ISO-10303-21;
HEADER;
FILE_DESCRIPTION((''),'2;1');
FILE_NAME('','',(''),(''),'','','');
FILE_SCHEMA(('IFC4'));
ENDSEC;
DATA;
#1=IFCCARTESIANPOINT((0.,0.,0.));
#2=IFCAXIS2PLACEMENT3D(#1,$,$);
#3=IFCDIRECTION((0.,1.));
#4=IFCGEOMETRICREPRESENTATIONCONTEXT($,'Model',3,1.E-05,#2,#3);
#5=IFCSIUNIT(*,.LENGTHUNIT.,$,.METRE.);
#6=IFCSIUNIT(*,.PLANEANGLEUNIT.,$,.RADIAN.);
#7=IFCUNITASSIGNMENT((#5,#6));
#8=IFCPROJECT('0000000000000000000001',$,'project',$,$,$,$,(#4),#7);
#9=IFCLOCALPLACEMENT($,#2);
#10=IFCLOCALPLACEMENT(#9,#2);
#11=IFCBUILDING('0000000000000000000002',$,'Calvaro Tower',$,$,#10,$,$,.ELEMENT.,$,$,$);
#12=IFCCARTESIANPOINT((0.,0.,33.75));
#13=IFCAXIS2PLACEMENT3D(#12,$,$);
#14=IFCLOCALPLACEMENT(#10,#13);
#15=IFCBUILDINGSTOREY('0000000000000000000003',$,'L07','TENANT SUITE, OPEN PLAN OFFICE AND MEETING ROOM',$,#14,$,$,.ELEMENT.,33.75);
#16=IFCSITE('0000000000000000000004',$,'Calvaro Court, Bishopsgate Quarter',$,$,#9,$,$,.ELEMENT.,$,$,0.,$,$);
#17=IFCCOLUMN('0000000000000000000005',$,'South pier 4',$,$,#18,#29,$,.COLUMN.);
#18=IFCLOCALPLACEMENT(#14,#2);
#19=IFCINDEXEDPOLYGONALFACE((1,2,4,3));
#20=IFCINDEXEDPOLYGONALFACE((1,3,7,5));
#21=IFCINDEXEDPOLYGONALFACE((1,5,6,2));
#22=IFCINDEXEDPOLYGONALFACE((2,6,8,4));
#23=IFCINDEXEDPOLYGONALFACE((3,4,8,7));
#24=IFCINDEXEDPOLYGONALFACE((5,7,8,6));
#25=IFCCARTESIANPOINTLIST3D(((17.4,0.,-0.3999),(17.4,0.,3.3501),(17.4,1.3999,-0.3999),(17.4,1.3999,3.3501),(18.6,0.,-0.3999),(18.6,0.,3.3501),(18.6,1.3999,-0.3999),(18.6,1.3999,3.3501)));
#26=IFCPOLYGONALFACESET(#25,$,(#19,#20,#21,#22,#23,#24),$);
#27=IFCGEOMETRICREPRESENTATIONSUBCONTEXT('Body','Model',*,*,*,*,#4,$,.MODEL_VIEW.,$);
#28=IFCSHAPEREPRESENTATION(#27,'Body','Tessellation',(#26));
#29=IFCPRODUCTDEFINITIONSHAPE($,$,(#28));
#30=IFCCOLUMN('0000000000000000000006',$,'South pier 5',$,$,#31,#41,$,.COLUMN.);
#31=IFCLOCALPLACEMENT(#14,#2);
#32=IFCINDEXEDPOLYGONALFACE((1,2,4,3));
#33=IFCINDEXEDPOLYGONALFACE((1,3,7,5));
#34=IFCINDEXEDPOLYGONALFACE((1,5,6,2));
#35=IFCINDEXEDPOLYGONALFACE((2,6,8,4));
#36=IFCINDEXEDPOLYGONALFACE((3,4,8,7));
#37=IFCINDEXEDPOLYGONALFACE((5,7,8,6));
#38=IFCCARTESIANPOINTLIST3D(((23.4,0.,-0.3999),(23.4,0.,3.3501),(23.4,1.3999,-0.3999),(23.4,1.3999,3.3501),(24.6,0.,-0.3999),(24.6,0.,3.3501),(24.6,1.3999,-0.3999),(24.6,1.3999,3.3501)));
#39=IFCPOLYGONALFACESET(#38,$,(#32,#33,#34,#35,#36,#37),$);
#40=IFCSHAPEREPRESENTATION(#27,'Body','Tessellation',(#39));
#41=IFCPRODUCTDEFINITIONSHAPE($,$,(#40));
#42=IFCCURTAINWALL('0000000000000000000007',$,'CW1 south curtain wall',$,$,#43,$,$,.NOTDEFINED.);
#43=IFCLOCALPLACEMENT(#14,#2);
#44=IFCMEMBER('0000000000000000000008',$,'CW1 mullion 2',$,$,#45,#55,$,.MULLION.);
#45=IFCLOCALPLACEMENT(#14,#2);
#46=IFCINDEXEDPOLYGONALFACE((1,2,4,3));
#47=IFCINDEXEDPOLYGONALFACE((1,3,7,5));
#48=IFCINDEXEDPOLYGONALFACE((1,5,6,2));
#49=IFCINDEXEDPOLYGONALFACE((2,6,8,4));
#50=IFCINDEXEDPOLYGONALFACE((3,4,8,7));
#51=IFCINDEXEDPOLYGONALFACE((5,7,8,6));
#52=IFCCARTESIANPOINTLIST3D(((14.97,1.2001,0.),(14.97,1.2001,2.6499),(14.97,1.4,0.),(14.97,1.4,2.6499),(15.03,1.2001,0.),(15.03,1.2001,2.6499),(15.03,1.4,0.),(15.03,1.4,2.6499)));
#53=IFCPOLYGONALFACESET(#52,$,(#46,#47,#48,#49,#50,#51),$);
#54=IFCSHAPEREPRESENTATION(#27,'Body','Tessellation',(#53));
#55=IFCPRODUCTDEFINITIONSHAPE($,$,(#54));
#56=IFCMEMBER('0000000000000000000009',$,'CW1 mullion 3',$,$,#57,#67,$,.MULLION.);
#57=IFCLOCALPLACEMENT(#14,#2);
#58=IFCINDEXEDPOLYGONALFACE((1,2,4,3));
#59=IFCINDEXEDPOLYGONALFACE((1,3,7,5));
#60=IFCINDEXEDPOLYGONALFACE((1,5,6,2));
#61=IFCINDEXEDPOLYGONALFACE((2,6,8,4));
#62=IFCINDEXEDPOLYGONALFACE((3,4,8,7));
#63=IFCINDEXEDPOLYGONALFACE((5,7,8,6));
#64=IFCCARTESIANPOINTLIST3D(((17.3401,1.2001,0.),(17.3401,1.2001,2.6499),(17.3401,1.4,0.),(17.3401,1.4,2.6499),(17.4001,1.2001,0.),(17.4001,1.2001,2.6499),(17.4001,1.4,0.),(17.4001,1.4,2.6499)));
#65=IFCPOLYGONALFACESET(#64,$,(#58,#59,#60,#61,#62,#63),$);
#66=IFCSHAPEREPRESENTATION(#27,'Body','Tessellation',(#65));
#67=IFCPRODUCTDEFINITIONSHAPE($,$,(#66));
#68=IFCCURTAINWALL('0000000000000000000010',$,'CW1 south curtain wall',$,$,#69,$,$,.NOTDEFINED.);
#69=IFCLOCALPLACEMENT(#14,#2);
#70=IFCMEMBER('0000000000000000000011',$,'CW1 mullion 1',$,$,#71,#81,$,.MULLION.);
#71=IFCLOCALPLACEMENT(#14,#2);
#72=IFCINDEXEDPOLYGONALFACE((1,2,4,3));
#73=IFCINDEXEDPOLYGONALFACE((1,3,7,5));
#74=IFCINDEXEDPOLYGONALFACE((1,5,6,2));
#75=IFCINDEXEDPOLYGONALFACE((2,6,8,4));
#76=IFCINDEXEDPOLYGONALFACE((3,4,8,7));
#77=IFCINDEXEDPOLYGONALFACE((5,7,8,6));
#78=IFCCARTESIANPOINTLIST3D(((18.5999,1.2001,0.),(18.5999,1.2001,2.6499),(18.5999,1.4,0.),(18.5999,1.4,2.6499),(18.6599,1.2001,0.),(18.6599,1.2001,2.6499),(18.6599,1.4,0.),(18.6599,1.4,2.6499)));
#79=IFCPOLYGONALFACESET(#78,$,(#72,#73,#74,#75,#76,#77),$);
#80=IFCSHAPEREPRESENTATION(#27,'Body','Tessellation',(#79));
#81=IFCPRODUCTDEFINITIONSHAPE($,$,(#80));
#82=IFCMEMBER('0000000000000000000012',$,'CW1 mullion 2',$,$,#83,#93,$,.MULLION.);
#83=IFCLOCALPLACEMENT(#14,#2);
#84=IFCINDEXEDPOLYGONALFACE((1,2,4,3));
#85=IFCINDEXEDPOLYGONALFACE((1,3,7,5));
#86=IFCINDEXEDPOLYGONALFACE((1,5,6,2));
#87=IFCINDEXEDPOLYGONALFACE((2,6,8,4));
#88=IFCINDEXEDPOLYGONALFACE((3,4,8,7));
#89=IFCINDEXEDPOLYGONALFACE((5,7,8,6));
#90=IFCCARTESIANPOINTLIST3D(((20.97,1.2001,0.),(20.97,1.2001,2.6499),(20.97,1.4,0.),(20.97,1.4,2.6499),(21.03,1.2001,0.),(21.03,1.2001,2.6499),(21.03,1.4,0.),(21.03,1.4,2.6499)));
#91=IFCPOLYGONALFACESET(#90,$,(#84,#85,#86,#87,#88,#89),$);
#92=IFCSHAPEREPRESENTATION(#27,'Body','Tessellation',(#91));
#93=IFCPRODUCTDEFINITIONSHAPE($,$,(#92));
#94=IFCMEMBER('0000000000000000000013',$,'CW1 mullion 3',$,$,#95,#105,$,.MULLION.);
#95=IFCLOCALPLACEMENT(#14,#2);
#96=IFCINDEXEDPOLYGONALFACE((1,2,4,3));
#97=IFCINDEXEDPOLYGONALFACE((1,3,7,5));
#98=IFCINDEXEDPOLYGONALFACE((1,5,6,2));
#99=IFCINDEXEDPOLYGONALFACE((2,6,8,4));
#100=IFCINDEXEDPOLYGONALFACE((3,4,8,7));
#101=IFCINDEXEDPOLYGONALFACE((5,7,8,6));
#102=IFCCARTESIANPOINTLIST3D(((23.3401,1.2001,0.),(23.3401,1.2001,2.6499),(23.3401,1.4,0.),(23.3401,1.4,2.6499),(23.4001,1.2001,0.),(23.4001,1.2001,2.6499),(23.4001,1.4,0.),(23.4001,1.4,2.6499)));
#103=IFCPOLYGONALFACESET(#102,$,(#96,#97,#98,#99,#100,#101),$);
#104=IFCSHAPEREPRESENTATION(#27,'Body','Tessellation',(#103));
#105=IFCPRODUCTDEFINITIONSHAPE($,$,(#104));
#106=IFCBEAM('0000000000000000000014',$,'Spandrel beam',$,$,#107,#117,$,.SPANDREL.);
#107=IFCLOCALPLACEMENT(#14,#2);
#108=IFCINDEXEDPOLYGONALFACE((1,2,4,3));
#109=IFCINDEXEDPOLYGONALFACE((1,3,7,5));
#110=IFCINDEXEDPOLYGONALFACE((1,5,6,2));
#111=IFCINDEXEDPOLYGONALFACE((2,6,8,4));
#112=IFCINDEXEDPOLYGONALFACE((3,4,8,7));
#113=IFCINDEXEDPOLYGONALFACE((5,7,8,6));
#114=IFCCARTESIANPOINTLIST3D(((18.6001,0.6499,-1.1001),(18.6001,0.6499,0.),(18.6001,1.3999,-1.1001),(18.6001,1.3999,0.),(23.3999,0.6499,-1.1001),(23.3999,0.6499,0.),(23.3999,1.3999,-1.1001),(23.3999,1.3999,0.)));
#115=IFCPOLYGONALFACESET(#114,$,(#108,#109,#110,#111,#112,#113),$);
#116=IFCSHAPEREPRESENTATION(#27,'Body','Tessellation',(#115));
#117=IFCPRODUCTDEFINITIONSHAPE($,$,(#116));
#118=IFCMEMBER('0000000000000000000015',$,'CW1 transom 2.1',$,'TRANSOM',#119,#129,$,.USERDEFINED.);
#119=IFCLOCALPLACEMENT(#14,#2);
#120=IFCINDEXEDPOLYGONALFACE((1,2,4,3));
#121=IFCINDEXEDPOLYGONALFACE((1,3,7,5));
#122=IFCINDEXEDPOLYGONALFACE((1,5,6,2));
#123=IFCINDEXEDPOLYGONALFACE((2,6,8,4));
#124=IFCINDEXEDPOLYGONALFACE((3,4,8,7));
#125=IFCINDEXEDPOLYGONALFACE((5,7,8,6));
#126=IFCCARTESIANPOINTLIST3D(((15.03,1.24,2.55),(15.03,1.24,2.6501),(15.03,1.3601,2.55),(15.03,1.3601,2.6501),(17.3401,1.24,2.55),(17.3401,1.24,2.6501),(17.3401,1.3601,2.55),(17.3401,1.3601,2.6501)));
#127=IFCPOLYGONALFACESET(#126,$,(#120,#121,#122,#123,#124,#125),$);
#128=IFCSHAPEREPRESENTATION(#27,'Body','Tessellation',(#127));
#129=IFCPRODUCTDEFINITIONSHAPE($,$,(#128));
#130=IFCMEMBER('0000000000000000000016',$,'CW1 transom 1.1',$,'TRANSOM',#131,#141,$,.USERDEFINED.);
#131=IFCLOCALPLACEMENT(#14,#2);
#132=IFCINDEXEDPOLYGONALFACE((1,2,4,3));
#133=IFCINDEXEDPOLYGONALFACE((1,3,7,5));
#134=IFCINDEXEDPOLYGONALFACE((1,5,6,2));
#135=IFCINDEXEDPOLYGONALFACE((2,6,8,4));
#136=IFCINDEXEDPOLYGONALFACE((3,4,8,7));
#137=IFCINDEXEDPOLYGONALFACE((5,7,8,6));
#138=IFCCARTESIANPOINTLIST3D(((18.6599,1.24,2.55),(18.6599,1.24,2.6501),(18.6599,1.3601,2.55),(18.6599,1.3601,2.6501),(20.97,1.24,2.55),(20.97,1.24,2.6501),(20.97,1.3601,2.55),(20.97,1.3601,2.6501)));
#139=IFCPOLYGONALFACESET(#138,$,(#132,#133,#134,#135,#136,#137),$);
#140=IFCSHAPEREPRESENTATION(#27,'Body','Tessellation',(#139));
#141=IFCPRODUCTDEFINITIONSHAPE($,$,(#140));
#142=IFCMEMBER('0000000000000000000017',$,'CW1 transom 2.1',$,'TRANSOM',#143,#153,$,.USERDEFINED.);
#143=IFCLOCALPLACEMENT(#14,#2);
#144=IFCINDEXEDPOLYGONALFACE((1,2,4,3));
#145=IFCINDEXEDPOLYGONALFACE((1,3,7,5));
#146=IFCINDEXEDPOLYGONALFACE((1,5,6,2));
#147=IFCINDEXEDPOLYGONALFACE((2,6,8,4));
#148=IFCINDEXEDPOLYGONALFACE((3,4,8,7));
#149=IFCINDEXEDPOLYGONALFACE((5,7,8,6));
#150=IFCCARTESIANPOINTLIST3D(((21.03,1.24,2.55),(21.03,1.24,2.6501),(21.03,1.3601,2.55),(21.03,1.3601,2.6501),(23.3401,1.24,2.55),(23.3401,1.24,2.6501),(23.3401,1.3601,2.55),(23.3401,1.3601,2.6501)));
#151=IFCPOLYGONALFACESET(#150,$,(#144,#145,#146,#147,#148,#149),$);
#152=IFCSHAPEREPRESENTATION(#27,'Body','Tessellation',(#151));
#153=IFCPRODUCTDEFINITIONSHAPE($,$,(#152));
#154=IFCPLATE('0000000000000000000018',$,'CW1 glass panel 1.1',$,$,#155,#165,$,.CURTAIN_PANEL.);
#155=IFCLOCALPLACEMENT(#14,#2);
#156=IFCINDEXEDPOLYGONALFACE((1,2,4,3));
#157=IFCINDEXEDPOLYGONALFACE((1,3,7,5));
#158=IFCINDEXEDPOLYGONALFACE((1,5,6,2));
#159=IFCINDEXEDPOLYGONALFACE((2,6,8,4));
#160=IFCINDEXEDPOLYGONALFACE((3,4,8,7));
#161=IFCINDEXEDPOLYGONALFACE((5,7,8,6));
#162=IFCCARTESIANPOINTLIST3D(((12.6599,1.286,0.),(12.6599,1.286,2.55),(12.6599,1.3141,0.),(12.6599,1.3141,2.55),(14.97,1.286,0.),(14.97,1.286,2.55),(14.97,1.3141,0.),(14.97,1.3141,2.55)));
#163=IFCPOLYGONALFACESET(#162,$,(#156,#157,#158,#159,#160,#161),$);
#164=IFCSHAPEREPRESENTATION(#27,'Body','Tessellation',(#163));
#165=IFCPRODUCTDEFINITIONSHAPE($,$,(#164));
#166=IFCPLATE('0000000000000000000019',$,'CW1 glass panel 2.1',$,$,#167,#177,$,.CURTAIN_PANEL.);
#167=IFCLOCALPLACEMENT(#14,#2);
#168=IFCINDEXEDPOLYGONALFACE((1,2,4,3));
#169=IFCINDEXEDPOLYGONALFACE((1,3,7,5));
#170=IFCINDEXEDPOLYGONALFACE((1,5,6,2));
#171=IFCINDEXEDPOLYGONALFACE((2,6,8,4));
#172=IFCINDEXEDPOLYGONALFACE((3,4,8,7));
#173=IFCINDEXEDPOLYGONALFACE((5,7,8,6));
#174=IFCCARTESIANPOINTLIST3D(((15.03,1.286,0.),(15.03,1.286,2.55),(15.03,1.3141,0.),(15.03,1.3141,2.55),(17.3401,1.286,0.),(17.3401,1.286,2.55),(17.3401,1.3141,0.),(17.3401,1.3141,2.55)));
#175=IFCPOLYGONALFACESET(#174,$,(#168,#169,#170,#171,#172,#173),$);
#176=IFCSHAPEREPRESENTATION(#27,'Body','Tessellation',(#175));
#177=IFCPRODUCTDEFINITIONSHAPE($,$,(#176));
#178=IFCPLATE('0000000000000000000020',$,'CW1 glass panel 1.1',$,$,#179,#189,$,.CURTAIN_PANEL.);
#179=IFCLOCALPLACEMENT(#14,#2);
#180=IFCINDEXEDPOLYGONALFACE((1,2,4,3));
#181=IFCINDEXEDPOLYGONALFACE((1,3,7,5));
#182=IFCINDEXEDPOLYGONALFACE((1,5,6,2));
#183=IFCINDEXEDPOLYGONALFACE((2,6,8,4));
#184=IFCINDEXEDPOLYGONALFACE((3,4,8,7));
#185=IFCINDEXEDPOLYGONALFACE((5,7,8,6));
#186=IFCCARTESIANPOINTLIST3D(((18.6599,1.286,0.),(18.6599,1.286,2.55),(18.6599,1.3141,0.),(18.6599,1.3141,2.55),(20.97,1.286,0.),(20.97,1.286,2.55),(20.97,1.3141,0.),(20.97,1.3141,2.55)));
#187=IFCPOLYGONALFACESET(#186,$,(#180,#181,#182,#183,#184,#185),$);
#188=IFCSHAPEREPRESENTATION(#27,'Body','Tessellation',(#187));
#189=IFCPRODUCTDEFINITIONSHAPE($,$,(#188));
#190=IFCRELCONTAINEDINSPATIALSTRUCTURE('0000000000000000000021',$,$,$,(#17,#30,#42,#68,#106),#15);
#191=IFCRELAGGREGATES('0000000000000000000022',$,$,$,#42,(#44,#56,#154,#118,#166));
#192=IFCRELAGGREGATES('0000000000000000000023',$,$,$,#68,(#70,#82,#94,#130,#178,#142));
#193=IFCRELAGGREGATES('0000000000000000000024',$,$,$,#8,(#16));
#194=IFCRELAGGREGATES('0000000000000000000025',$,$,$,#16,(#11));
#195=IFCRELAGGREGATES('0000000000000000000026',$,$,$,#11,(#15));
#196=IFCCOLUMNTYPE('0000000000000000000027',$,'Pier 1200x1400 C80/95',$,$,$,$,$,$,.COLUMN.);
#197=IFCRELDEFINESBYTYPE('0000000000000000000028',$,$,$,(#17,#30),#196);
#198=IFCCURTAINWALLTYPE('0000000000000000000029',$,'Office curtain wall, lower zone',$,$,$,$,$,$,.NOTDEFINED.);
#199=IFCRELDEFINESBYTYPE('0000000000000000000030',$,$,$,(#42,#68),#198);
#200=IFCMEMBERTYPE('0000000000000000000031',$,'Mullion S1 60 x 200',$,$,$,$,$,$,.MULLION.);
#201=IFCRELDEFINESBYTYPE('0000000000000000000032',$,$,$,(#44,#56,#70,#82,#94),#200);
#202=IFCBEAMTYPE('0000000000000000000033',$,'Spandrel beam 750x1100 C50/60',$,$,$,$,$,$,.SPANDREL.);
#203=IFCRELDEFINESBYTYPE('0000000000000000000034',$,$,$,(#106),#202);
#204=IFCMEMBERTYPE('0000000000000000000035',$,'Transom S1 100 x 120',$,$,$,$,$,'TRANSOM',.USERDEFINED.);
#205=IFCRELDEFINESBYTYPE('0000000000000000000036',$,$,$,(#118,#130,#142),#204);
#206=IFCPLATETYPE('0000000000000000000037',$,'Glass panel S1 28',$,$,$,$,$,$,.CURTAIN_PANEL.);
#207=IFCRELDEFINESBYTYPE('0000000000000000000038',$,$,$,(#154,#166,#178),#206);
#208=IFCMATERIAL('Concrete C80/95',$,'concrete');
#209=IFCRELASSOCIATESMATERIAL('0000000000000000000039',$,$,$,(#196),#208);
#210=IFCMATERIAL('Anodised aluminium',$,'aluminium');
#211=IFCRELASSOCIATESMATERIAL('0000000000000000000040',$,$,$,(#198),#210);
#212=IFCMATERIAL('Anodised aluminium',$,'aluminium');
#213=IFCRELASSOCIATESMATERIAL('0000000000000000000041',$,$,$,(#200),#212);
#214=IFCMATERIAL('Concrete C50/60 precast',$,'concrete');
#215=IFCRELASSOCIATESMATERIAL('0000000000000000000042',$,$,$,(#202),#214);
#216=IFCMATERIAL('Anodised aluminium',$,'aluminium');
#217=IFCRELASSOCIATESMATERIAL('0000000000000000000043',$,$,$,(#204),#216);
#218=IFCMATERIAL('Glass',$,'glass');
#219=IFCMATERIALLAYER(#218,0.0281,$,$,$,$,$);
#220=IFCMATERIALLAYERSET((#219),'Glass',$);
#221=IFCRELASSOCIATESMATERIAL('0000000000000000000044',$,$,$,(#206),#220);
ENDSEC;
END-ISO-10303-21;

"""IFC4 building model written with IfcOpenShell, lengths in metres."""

from ifc_helpers import new_model, si_unit, direction, frame, origin, origin_2d, place, context, subcontext, project, spatial, rectangle, extrude, material, layer, layer_set, material_profile, profile_set, type_object, element, aggregate, save


model = new_model("IFC4")

# Units and contexts
model_context = context("Model", 3, precision=1e-05, world=origin(), true_north=direction((0.0, 1.0)))
body_context = subcontext(model_context, "Body", "Model", "MODEL_VIEW")
ifc_project = project(units=[si_unit("LENGTHUNIT", "METRE"), si_unit("PLANEANGLEUNIT", "RADIAN")], contexts=[model_context])

# Site, building, storey
site_placement = place(None, origin())
site = spatial("IfcSite", under=ifc_project, at=site_placement, Name="Calvaro Court, Bishopsgate Quarter", CompositionType="ELEMENT", RefElevation=0.0)
building_placement = place(site_placement, origin())
building = spatial("IfcBuilding", under=site, at=building_placement, Name="Calvaro Tower", CompositionType="ELEMENT")
storey_placement = place(building_placement, frame((0.0, 0.0, 33.75)))
storey = spatial("IfcBuildingStorey", under=building, at=storey_placement, Name="L07", Description="TENANT SUITE, OPEN PLAN OFFICE AND MEETING ROOM", CompositionType="ELEMENT", Elevation=33.75)

# Columns
ifc_material_1 = material(Name="Concrete C80/95", Category="concrete")
ifc_material_profile_1 = material_profile(ifc_material_1, rectangle(XDim=1.2, YDim=1.3999, at=origin_2d()), Name="RC 1200x1400")
ifc_profile_set_1 = profile_set([ifc_material_profile_1], Name="Concrete C80/95")
column_type = type_object("IfcColumnType", Name="Pier 1200x1400 C80/95", PredefinedType="COLUMN", material=ifc_profile_set_1)
for number, where, z_axis, x_axis, name in (
    (1, (18.0, 0.7, -0.3999), (0.0, 0.0, 1.0), (1.0, 0.0, 0.0), "South pier 4"),
    (2, (24.0, 0.7, -0.3999), (0.0, 0.0, 1.0), (1.0, 0.0, 0.0), "South pier 5"),
):
    element("IfcColumn", number, at=place(storey_placement, frame(where, z_axis=z_axis, x_axis=x_axis)), inside=storey, type_object=column_type, Name=name, PredefinedType="COLUMN", context=body_context, shape_type="SweptSolid", body=[
        extrude(rectangle(XDim=1.2, YDim=1.3999, at=origin_2d()), origin(), (0.0, 0.0, 1.0), 3.75),
    ])

# Curtain walls, members
ifc_material_2 = material(Name="Anodised aluminium", Category="aluminium")
curtain_wall_type = type_object("IfcCurtainWallType", Name="Office curtain wall, lower zone", PredefinedType="NOTDEFINED", material=ifc_material_2)
curtain_wall_1_placement = place(storey_placement, origin())
curtain_wall_1 = element("IfcCurtainWall", 3, at=curtain_wall_1_placement, inside=storey, type_object=curtain_wall_type, Name="CW1 south curtain wall", PredefinedType="NOTDEFINED")
ifc_material_3 = material(Name="Anodised aluminium", Category="aluminium")
ifc_material_profile_2 = material_profile(ifc_material_3, rectangle(XDim=0.2, YDim=0.0601, at=origin_2d()), Name="Mullion S1 60 x 200")
ifc_profile_set_2 = profile_set([ifc_material_profile_2], Name="Anodised aluminium")
member_type_1 = type_object("IfcMemberType", Name="Mullion S1 60 x 200", PredefinedType="MULLION", material=ifc_profile_set_2)
member_1_placement = place(storey_placement, frame((15.0, 1.3, 0.0), z_axis=(0.0, 0.0, 1.0), x_axis=(0.0, 1.0, 0.0)))
member_1 = element("IfcMember", 4, at=member_1_placement, type_object=member_type_1, Name="CW1 mullion 2", PredefinedType="MULLION", context=body_context, shape_type="SweptSolid", body=[
    extrude(rectangle(XDim=0.2, YDim=0.0601, at=origin_2d()), origin(), (0.0, 0.0, 1.0), 2.6499),
])
member_2_placement = place(storey_placement, frame((17.3701, 1.3, 0.0), z_axis=(0.0, 0.0, 1.0), x_axis=(0.0, 1.0, 0.0)))
member_2 = element("IfcMember", 5, at=member_2_placement, type_object=member_type_1, Name="CW1 mullion 3", PredefinedType="MULLION", context=body_context, shape_type="SweptSolid", body=[
    extrude(rectangle(XDim=0.2, YDim=0.0601, at=origin_2d()), origin(), (0.0, 0.0, 1.0), 2.6499),
])
curtain_wall_2_placement = place(storey_placement, origin())
curtain_wall_2 = element("IfcCurtainWall", 6, at=curtain_wall_2_placement, inside=storey, type_object=curtain_wall_type, Name="CW1 south curtain wall", PredefinedType="NOTDEFINED")
member_3_placement = place(storey_placement, frame((18.6299, 1.3, 0.0), z_axis=(0.0, 0.0, 1.0), x_axis=(0.0, 1.0, 0.0)))
member_3 = element("IfcMember", 7, at=member_3_placement, type_object=member_type_1, Name="CW1 mullion 1", PredefinedType="MULLION", context=body_context, shape_type="SweptSolid", body=[
    extrude(rectangle(XDim=0.2, YDim=0.0601, at=origin_2d()), origin(), (0.0, 0.0, 1.0), 2.6499),
])
member_4_placement = place(storey_placement, frame((21.0, 1.3, 0.0), z_axis=(0.0, 0.0, 1.0), x_axis=(0.0, 1.0, 0.0)))
member_4 = element("IfcMember", 8, at=member_4_placement, type_object=member_type_1, Name="CW1 mullion 2", PredefinedType="MULLION", context=body_context, shape_type="SweptSolid", body=[
    extrude(rectangle(XDim=0.2, YDim=0.0601, at=origin_2d()), origin(), (0.0, 0.0, 1.0), 2.6499),
])
member_5_placement = place(storey_placement, frame((23.3701, 1.3, 0.0), z_axis=(0.0, 0.0, 1.0), x_axis=(0.0, 1.0, 0.0)))
member_5 = element("IfcMember", 9, at=member_5_placement, type_object=member_type_1, Name="CW1 mullion 3", PredefinedType="MULLION", context=body_context, shape_type="SweptSolid", body=[
    extrude(rectangle(XDim=0.2, YDim=0.0601, at=origin_2d()), origin(), (0.0, 0.0, 1.0), 2.6499),
])

# Beam
ifc_material_4 = material(Name="Concrete C50/60 precast", Category="concrete")
ifc_material_profile_3 = material_profile(ifc_material_4, rectangle(XDim=0.75, YDim=1.1001, at=origin_2d()), Name="RC 750x1100")
ifc_profile_set_3 = profile_set([ifc_material_profile_3], Name="Concrete C50/60 precast")
beam_type = type_object("IfcBeamType", Name="Spandrel beam 750x1100 C50/60", PredefinedType="SPANDREL", material=ifc_profile_set_3)
beam_placement = place(storey_placement, frame((18.6001, 1.0249, -0.55), z_axis=(1.0, 0.0, 0.0), x_axis=(0.0, 1.0, 0.0)))
element("IfcBeam", 10, at=beam_placement, inside=storey, type_object=beam_type, Name="Spandrel beam", PredefinedType="SPANDREL", context=body_context, shape_type="SweptSolid", body=[
    extrude(rectangle(XDim=0.75, YDim=1.1001, at=origin_2d()), origin(), (0.0, 0.0, 1.0), 4.7998),
])

# Members
ifc_material_5 = material(Name="Anodised aluminium", Category="aluminium")
ifc_material_profile_4 = material_profile(ifc_material_5, rectangle(XDim=0.1201, YDim=0.1001, at=origin_2d()), Name="Transom S1 100 x 120")
ifc_profile_set_4 = profile_set([ifc_material_profile_4], Name="Anodised aluminium")
member_type_2 = type_object("IfcMemberType", Name="Transom S1 100 x 120", ElementType="TRANSOM", PredefinedType="USERDEFINED", material=ifc_profile_set_4)
member_6_placement = place(storey_placement, frame((15.03, 1.3, 2.6001), z_axis=(1.0, 0.0, 0.0), x_axis=(0.0, 1.0, 0.0)))
member_6 = element("IfcMember", 11, at=member_6_placement, type_object=member_type_2, Name="CW1 transom 2.1", ObjectType="TRANSOM", PredefinedType="USERDEFINED", context=body_context, shape_type="SweptSolid", body=[
    extrude(rectangle(XDim=0.1201, YDim=0.1001, at=origin_2d()), origin(), (0.0, 0.0, 1.0), 2.3101),
])
member_7_placement = place(storey_placement, frame((18.6599, 1.3, 2.6001), z_axis=(1.0, 0.0, 0.0), x_axis=(0.0, 1.0, 0.0)))
member_7 = element("IfcMember", 12, at=member_7_placement, type_object=member_type_2, Name="CW1 transom 1.1", ObjectType="TRANSOM", PredefinedType="USERDEFINED", context=body_context, shape_type="SweptSolid", body=[
    extrude(rectangle(XDim=0.1201, YDim=0.1001, at=origin_2d()), origin(), (0.0, 0.0, 1.0), 2.3101),
])
member_8_placement = place(storey_placement, frame((21.03, 1.3, 2.6001), z_axis=(1.0, 0.0, 0.0), x_axis=(0.0, 1.0, 0.0)))
member_8 = element("IfcMember", 13, at=member_8_placement, type_object=member_type_2, Name="CW1 transom 2.1", ObjectType="TRANSOM", PredefinedType="USERDEFINED", context=body_context, shape_type="SweptSolid", body=[
    extrude(rectangle(XDim=0.1201, YDim=0.1001, at=origin_2d()), origin(), (0.0, 0.0, 1.0), 2.3101),
])

# Plates
ifc_material_6 = material(Name="Glass", Category="glass")
ifc_layer = layer(ifc_material_6, 0.0281)
ifc_layer_set = layer_set([ifc_layer], Name="Glass")
plate_type = type_object("IfcPlateType", Name="Glass panel S1 28", PredefinedType="CURTAIN_PANEL", material=ifc_layer_set)
plate_1_placement = place(storey_placement, frame((13.8149, 1.3, 0.0), z_axis=(0.0, 0.0, 1.0), x_axis=(1.0, 0.0, 0.0)))
plate_1 = element("IfcPlate", 14, at=plate_1_placement, type_object=plate_type, Name="CW1 glass panel 1.1", PredefinedType="CURTAIN_PANEL", context=body_context, shape_type="SweptSolid", body=[
    extrude(rectangle(XDim=2.3101, YDim=0.0281, at=origin_2d()), origin(), (0.0, 0.0, 1.0), 2.55),
])
plate_2_placement = place(storey_placement, frame((16.1851, 1.3, 0.0), z_axis=(0.0, 0.0, 1.0), x_axis=(1.0, 0.0, 0.0)))
plate_2 = element("IfcPlate", 15, at=plate_2_placement, type_object=plate_type, Name="CW1 glass panel 2.1", PredefinedType="CURTAIN_PANEL", context=body_context, shape_type="SweptSolid", body=[
    extrude(rectangle(XDim=2.3101, YDim=0.0281, at=origin_2d()), origin(), (0.0, 0.0, 1.0), 2.55),
])
aggregate(curtain_wall_1, [member_1, member_2, plate_1, member_6, plate_2])
plate_3_placement = place(storey_placement, frame((19.8149, 1.3, 0.0), z_axis=(0.0, 0.0, 1.0), x_axis=(1.0, 0.0, 0.0)))
plate_3 = element("IfcPlate", 16, at=plate_3_placement, type_object=plate_type, Name="CW1 glass panel 1.1", PredefinedType="CURTAIN_PANEL", context=body_context, shape_type="SweptSolid", body=[
    extrude(rectangle(XDim=2.3101, YDim=0.0281, at=origin_2d()), origin(), (0.0, 0.0, 1.0), 2.55),
])
aggregate(curtain_wall_2, [member_3, member_4, member_5, member_7, plate_3, member_8])

save(model, "model.ifc")
